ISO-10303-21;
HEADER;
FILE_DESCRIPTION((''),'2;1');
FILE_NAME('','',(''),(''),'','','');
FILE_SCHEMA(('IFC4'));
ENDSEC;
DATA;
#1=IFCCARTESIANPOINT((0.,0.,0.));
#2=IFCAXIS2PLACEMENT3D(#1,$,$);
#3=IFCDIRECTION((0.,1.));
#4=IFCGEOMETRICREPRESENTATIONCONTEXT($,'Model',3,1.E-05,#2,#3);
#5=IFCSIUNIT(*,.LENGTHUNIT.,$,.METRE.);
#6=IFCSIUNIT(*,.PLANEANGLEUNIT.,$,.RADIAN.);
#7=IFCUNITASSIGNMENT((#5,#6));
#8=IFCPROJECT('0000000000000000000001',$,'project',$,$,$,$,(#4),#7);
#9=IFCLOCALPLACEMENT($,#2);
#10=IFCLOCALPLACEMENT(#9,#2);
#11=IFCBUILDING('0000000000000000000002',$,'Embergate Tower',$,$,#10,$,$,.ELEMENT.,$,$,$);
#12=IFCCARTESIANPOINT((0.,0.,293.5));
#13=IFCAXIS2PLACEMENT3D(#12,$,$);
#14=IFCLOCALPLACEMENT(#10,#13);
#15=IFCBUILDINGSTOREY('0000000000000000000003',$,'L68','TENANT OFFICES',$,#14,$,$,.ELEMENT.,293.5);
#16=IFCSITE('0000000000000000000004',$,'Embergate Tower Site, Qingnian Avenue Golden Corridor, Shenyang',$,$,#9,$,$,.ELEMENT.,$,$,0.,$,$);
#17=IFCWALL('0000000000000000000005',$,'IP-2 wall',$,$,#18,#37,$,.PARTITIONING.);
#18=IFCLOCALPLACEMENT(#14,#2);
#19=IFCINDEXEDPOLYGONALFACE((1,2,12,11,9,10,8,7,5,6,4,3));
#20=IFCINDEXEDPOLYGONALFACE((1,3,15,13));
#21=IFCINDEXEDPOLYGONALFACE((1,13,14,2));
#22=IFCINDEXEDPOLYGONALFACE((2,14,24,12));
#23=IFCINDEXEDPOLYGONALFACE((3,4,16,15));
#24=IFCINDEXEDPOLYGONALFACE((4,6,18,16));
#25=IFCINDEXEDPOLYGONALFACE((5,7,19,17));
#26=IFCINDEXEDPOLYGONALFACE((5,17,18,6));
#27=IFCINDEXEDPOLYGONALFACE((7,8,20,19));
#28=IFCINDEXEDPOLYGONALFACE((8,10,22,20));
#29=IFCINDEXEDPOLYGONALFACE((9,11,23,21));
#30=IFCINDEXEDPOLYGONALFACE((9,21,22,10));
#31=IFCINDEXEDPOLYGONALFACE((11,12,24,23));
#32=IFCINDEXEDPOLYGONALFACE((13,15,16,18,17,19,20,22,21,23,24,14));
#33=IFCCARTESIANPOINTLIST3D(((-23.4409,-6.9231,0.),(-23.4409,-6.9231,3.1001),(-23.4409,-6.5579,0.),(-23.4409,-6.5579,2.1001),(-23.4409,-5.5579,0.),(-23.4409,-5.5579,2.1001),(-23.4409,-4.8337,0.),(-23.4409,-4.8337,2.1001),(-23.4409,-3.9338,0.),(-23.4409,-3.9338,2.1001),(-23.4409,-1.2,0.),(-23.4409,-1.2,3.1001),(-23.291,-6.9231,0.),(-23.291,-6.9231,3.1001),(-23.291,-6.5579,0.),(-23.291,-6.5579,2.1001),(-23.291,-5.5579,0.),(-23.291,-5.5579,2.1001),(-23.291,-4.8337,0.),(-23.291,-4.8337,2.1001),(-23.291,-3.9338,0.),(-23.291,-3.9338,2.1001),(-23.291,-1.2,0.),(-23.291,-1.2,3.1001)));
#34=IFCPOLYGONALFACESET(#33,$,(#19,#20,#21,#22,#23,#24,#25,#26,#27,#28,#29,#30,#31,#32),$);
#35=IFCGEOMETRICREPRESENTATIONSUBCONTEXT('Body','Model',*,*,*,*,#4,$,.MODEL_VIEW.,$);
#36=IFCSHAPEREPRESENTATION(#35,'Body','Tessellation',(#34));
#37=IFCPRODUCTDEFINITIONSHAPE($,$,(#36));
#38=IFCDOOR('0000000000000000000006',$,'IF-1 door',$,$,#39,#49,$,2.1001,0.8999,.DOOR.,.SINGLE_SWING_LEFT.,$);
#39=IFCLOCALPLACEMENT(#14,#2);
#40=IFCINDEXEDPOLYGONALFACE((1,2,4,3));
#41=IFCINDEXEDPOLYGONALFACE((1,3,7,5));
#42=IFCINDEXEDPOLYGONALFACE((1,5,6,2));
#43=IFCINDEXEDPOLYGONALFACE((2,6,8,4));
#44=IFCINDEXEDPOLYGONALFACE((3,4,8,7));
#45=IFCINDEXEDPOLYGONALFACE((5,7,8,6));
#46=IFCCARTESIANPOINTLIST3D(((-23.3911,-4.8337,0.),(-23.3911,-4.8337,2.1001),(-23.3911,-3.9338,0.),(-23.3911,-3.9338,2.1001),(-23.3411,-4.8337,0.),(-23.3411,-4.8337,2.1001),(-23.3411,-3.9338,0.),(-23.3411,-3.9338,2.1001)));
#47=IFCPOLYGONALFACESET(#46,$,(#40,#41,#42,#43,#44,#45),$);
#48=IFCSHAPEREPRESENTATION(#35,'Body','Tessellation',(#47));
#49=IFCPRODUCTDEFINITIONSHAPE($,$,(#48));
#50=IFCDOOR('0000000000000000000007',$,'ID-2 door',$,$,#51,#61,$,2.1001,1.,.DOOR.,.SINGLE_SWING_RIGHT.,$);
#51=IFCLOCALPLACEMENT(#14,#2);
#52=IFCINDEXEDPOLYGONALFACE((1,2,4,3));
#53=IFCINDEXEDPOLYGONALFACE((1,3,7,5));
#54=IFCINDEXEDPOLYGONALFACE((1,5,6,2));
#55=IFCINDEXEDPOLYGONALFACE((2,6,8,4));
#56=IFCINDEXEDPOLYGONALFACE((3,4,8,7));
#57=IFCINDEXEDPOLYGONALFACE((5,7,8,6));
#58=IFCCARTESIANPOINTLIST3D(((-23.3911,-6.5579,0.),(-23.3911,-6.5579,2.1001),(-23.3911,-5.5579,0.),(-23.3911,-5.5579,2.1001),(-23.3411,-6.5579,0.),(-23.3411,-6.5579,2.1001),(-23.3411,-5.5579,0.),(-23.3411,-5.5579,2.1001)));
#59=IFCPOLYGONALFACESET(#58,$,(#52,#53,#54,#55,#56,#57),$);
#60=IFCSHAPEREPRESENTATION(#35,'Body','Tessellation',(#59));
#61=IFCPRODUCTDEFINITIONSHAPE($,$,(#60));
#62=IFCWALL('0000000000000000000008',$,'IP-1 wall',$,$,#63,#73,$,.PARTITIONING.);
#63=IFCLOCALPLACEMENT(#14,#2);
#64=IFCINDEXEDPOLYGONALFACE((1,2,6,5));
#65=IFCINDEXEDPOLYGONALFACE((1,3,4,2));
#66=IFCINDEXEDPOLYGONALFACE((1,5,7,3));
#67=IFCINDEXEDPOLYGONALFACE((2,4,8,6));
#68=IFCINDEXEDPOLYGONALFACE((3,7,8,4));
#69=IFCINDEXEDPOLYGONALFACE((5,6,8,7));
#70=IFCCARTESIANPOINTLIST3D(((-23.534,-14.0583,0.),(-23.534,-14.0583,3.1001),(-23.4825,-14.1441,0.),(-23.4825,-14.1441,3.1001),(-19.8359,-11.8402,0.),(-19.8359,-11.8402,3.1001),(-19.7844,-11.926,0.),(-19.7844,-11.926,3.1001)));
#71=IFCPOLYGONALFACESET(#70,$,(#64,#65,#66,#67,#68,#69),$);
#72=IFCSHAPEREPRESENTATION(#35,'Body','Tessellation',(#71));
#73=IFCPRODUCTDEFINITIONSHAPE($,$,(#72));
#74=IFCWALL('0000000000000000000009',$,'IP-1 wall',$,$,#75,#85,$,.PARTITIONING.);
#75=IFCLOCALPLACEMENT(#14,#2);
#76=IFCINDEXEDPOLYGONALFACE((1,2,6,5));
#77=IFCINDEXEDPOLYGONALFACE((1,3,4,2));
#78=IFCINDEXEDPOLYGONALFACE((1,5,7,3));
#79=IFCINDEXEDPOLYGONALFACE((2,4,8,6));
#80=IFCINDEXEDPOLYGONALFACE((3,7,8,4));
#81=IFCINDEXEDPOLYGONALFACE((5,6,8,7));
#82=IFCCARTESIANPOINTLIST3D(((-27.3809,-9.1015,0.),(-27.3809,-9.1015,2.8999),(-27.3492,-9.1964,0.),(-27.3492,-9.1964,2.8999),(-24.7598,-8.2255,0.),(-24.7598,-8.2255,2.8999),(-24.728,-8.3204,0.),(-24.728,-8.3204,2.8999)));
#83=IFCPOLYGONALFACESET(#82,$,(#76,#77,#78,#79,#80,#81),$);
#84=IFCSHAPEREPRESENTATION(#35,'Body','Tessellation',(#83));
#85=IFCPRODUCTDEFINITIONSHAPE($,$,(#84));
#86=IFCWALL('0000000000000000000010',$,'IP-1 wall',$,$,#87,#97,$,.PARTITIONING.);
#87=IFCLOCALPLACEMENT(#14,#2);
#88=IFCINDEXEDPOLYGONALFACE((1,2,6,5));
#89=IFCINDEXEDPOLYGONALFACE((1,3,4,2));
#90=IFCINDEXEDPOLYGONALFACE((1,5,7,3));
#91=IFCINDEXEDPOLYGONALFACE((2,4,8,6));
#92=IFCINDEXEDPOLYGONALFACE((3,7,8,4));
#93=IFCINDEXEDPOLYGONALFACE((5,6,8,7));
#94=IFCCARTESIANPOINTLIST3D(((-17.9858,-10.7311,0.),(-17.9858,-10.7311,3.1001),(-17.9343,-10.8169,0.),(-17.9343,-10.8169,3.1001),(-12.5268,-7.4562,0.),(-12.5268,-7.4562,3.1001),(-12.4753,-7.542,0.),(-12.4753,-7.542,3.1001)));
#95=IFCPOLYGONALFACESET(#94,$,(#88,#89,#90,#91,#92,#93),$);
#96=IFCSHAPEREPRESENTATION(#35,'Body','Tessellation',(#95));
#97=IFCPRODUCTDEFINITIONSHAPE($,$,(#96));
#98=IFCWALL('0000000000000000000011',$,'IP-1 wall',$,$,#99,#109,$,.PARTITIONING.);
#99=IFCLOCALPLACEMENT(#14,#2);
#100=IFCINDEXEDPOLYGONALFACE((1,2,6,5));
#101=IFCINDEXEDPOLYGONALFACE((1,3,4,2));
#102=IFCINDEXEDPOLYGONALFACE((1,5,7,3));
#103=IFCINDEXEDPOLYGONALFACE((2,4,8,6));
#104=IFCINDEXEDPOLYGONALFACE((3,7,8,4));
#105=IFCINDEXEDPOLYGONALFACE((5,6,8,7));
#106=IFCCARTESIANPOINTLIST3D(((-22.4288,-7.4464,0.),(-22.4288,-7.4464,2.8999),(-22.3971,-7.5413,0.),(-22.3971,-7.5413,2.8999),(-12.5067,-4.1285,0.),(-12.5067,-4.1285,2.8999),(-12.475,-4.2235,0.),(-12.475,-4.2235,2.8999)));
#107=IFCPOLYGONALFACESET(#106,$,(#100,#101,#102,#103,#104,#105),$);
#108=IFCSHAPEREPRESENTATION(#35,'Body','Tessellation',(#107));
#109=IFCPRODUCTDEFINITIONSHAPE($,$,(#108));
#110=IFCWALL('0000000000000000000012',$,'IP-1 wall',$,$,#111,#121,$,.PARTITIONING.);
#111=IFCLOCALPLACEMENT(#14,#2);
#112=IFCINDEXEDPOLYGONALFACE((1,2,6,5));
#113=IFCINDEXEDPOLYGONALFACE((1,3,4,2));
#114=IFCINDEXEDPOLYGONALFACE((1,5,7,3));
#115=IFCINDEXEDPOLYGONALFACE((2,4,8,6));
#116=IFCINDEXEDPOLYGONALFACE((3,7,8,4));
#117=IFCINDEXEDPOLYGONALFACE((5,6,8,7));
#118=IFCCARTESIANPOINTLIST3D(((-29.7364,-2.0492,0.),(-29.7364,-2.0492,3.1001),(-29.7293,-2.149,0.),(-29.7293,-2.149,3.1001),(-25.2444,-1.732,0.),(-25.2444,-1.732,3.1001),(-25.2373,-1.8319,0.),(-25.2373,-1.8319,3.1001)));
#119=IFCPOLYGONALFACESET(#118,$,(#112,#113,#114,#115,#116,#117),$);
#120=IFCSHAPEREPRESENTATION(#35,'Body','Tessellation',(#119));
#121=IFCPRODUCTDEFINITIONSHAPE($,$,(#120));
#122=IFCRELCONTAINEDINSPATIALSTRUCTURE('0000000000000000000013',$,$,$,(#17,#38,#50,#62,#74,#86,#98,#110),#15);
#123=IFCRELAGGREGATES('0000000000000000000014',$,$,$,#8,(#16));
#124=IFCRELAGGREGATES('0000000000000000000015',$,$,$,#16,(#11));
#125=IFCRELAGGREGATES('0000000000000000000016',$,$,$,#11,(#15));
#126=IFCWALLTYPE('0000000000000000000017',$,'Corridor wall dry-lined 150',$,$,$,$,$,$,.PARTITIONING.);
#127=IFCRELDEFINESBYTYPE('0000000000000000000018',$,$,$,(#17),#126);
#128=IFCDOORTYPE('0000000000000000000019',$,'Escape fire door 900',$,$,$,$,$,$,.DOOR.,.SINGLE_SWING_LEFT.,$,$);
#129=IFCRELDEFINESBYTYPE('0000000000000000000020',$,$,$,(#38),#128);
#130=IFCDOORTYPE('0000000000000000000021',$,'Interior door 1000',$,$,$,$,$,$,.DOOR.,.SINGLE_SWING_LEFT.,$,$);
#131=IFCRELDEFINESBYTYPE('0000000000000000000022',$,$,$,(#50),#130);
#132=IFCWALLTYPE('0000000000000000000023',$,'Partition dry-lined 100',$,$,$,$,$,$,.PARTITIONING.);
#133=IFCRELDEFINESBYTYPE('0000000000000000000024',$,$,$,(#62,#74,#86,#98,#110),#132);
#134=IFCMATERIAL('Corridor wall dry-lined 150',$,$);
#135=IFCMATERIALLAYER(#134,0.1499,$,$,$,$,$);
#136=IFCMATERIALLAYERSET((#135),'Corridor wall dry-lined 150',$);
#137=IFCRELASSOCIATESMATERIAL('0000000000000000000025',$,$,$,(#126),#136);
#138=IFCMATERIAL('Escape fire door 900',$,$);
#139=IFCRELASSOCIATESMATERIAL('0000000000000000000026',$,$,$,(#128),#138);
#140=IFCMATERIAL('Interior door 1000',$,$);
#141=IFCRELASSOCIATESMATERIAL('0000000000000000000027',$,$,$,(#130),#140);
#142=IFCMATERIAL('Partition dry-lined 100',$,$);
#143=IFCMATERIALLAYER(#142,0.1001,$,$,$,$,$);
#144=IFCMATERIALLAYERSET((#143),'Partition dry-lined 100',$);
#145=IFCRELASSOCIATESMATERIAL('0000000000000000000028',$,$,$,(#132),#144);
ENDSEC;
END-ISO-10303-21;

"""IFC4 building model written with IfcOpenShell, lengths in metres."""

from ifc_helpers import new_model, si_unit, direction, frame, frame_2d, origin, place, context, subcontext, project, spatial, rectangle, extrude, source, transform, mapped, material, layer, layer_set, type_object, element, fill, save


model = new_model("IFC4")

# Units and contexts
model_context = context("Model", 3, precision=1e-05, world=origin(), true_north=direction((0.0, 1.0)))
body_context = subcontext(model_context, "Body", "Model", "MODEL_VIEW")
ifc_project = project(units=[si_unit("LENGTHUNIT", "METRE"), si_unit("PLANEANGLEUNIT", "RADIAN")], contexts=[model_context])

# Site, building, storey
site_placement = place(None, origin())
site = spatial("IfcSite", under=ifc_project, at=site_placement, Name="Embergate Tower Site, Qingnian Avenue Golden Corridor, Shenyang", CompositionType="ELEMENT", RefElevation=0.0)
building_placement = place(site_placement, origin())
building = spatial("IfcBuilding", under=site, at=building_placement, Name="Embergate Tower", CompositionType="ELEMENT")
storey_placement = place(building_placement, frame((0.0, 0.0, 293.5)))
storey = spatial("IfcBuildingStorey", under=building, at=storey_placement, Name="L68", Description="TENANT OFFICES", CompositionType="ELEMENT", Elevation=293.5)

# Shared definitions
ifc_material_1 = material(Name="Corridor wall dry-lined 150")
ifc_layer_1 = layer(ifc_material_1, 0.1499)
ifc_layer_set_1 = layer_set([ifc_layer_1], Name="Corridor wall dry-lined 150")
wall_type_1 = type_object("IfcWallType", Name="Corridor wall dry-lined 150", PredefinedType="PARTITIONING", material=ifc_layer_set_1)
shared_shape_1 = source(origin(), body_context, "Body", "SweptSolid", [
    extrude(rectangle(XDim=0.8999, YDim=2.1001, at=frame_2d((0.45, 1.05))), frame((0.0, 0.085, 0.0), z_axis=(0.0, -1.0, 0.0), x_axis=(1.0, 0.0, 0.0)), (0.0, 0.0, 1.0), 0.1699),
])
ifc_material_2 = material(Name="Escape fire door 900")
door_type_1 = type_object("IfcDoorType", Name="Escape fire door 900", OperationType="SINGLE_SWING_LEFT", PredefinedType="DOOR", material=ifc_material_2)
shared_shape_2 = source(origin(), body_context, "Body", "SweptSolid", [
    extrude(rectangle(XDim=0.8999, YDim=2.1001, at=frame_2d((0.45, 1.05))), frame((0.0, 0.0249, 0.0), z_axis=(0.0, -1.0, 0.0), x_axis=(1.0, 0.0, 0.0)), (0.0, 0.0, 1.0), 0.05),
])

# Shared definitions
shared_shape_3 = source(origin(), body_context, "Body", "SweptSolid", [
    extrude(rectangle(XDim=1.0, YDim=2.1001, at=frame_2d((0.5, 1.05))), frame((0.0, 0.085, 0.0), z_axis=(0.0, -1.0, 0.0), x_axis=(1.0, 0.0, 0.0)), (0.0, 0.0, 1.0), 0.1699),
])
ifc_material_3 = material(Name="Interior door 1000")
door_type_2 = type_object("IfcDoorType", Name="Interior door 1000", OperationType="SINGLE_SWING_LEFT", PredefinedType="DOOR", material=ifc_material_3)
shared_shape_4 = source(origin(), body_context, "Body", "SweptSolid", [
    extrude(rectangle(XDim=1.0, YDim=2.1001, at=frame_2d((0.5, 1.05))), frame((0.0, 0.0249, 0.0), z_axis=(0.0, -1.0, 0.0), x_axis=(1.0, 0.0, 0.0)), (0.0, 0.0, 1.0), 0.05),
])

# Wall, openings, doors
shared_shape_5 = source(origin(), body_context, "Body", "SweptSolid", [
    extrude(rectangle(XDim=5.7231, YDim=0.1499, at=frame_2d((2.8616, 0.0))), origin(), (0.0, 0.0, 1.0), 3.1001),
])
wall_1_placement = place(storey_placement, frame((-23.366, -1.2, 0.0), z_axis=(0.0, 0.0, 1.0), x_axis=(0.0, -1.0, 0.0)))
wall_1 = element("IfcWall", 1, at=wall_1_placement, inside=storey, type_object=wall_type_1, Name="IP-2 wall", PredefinedType="PARTITIONING", context=body_context, shape_type="MappedRepresentation", body=[
    mapped(shared_shape_5, transform((0.0, 0.0, 0.0))),
])
opening_1_placement = place(wall_1_placement, frame((2.7339, 0.0, 0.0)))
opening_1 = element("IfcOpeningElement", 2, at=opening_1_placement, cuts=wall_1, PredefinedType="OPENING", context=body_context, shape_type="MappedRepresentation", body=[
    mapped(shared_shape_1, transform((0.0, 0.0, 0.0))),
])
opening_2_placement = place(wall_1_placement, frame((4.3579, 0.0, 0.0)))
opening_2 = element("IfcOpeningElement", 3, at=opening_2_placement, cuts=wall_1, PredefinedType="OPENING", context=body_context, shape_type="MappedRepresentation", body=[
    mapped(shared_shape_3, transform((0.0, 0.0, 0.0))),
])
door_1_placement = place(opening_1_placement, origin())
door_1 = element("IfcDoor", 4, at=door_1_placement, inside=storey, type_object=door_type_1, Name="IF-1 door", OperationType="SINGLE_SWING_LEFT", OverallHeight=2.1001, OverallWidth=0.8999, PredefinedType="DOOR", context=body_context, shape_type="MappedRepresentation", body=[
    mapped(shared_shape_2, transform((0.0, 0.0, 0.0))),
])
fill(opening_1, door_1)
door_2_placement = place(opening_2_placement, origin())
door_2 = element("IfcDoor", 5, at=door_2_placement, inside=storey, type_object=door_type_2, Name="ID-2 door", OperationType="SINGLE_SWING_RIGHT", OverallHeight=2.1001, OverallWidth=1.0, PredefinedType="DOOR", context=body_context, shape_type="MappedRepresentation", body=[
    mapped(shared_shape_4, transform((0.0, 0.0, 0.0))),
])
fill(opening_2, door_2)

# Walls
ifc_material_4 = material(Name="Partition dry-lined 100")
ifc_layer_2 = layer(ifc_material_4, 0.1001)
ifc_layer_set_2 = layer_set([ifc_layer_2], Name="Partition dry-lined 100")
wall_type_2 = type_object("IfcWallType", Name="Partition dry-lined 100", PredefinedType="PARTITIONING", material=ifc_layer_set_2)
shared_shape_6 = source(origin(), body_context, "Body", "SweptSolid", [
    extrude(rectangle(XDim=4.3123, YDim=0.1001, at=frame_2d((2.1562, 0.0))), origin(), (0.0, 0.0, 1.0), 3.1001),
])
wall_2_placement = place(storey_placement, frame((-19.8101, -11.8831, 0.0), z_axis=(0.0, 0.0, 1.0), x_axis=(-0.857573, -0.514363, 0.0)))
element("IfcWall", 6, at=wall_2_placement, inside=storey, type_object=wall_type_2, Name="IP-1 wall", PredefinedType="PARTITIONING", context=body_context, shape_type="MappedRepresentation", body=[
    mapped(shared_shape_6, transform((0.0, 0.0, 0.0))),
])
shared_shape_7 = source(origin(), body_context, "Body", "SweptSolid", [
    extrude(rectangle(XDim=2.7637, YDim=0.1001, at=frame_2d((1.3818, 0.0))), origin(), (0.0, 0.0, 1.0), 2.8999),
])
wall_3_placement = place(storey_placement, frame((-24.7439, -8.2729, 0.0), z_axis=(0.0, 0.0, 1.0), x_axis=(-0.948436, -0.31697, 0.0)))
element("IfcWall", 7, at=wall_3_placement, inside=storey, type_object=wall_type_2, Name="IP-1 wall", PredefinedType="PARTITIONING", context=body_context, shape_type="MappedRepresentation", body=[
    mapped(shared_shape_7, transform((0.0, 0.0, 0.0))),
])
shared_shape_8 = source(origin(), body_context, "Body", "SweptSolid", [
    extrude(rectangle(XDim=6.366, YDim=0.1001, at=frame_2d((3.1831, 0.0))), origin(), (0.0, 0.0, 1.0), 3.1001),
])
wall_4_placement = place(storey_placement, frame((-12.501, -7.499, 0.0), z_axis=(0.0, 0.0, 1.0), x_axis=(-0.857527, -0.514439, 0.0)))
element("IfcWall", 8, at=wall_4_placement, inside=storey, type_object=wall_type_2, Name="IP-1 wall", PredefinedType="PARTITIONING", context=body_context, shape_type="MappedRepresentation", body=[
    mapped(shared_shape_8, transform((0.0, 0.0, 0.0))),
])
shared_shape_9 = source(origin(), body_context, "Body", "SweptSolid", [
    extrude(rectangle(XDim=10.4622, YDim=0.1001, at=frame_2d((5.231, 0.0))), origin(), (0.0, 0.0, 1.0), 2.8999),
])
wall_5_placement = place(storey_placement, frame((-12.491, -4.176, 0.0), z_axis=(0.0, 0.0, 1.0), x_axis=(-0.948382, -0.317131, 0.0)))
element("IfcWall", 9, at=wall_5_placement, inside=storey, type_object=wall_type_2, Name="IP-1 wall", PredefinedType="PARTITIONING", context=body_context, shape_type="MappedRepresentation", body=[
    mapped(shared_shape_9, transform((0.0, 0.0, 0.0))),
])
shared_shape_10 = source(origin(), body_context, "Body", "SweptSolid", [
    extrude(rectangle(XDim=4.5032, YDim=0.1001, at=frame_2d((2.2515, 0.0))), origin(), (0.0, 0.0, 1.0), 3.1001),
])
wall_6_placement = place(storey_placement, frame((-25.241, -1.782, 0.0), z_axis=(0.0, 0.0, 1.0), x_axis=(-0.997517, -0.070426, 0.0)))
element("IfcWall", 10, at=wall_6_placement, inside=storey, type_object=wall_type_2, Name="IP-1 wall", PredefinedType="PARTITIONING", context=body_context, shape_type="MappedRepresentation", body=[
    mapped(shared_shape_10, transform((0.0, 0.0, 0.0))),
])

save(model, "model.ifc")
